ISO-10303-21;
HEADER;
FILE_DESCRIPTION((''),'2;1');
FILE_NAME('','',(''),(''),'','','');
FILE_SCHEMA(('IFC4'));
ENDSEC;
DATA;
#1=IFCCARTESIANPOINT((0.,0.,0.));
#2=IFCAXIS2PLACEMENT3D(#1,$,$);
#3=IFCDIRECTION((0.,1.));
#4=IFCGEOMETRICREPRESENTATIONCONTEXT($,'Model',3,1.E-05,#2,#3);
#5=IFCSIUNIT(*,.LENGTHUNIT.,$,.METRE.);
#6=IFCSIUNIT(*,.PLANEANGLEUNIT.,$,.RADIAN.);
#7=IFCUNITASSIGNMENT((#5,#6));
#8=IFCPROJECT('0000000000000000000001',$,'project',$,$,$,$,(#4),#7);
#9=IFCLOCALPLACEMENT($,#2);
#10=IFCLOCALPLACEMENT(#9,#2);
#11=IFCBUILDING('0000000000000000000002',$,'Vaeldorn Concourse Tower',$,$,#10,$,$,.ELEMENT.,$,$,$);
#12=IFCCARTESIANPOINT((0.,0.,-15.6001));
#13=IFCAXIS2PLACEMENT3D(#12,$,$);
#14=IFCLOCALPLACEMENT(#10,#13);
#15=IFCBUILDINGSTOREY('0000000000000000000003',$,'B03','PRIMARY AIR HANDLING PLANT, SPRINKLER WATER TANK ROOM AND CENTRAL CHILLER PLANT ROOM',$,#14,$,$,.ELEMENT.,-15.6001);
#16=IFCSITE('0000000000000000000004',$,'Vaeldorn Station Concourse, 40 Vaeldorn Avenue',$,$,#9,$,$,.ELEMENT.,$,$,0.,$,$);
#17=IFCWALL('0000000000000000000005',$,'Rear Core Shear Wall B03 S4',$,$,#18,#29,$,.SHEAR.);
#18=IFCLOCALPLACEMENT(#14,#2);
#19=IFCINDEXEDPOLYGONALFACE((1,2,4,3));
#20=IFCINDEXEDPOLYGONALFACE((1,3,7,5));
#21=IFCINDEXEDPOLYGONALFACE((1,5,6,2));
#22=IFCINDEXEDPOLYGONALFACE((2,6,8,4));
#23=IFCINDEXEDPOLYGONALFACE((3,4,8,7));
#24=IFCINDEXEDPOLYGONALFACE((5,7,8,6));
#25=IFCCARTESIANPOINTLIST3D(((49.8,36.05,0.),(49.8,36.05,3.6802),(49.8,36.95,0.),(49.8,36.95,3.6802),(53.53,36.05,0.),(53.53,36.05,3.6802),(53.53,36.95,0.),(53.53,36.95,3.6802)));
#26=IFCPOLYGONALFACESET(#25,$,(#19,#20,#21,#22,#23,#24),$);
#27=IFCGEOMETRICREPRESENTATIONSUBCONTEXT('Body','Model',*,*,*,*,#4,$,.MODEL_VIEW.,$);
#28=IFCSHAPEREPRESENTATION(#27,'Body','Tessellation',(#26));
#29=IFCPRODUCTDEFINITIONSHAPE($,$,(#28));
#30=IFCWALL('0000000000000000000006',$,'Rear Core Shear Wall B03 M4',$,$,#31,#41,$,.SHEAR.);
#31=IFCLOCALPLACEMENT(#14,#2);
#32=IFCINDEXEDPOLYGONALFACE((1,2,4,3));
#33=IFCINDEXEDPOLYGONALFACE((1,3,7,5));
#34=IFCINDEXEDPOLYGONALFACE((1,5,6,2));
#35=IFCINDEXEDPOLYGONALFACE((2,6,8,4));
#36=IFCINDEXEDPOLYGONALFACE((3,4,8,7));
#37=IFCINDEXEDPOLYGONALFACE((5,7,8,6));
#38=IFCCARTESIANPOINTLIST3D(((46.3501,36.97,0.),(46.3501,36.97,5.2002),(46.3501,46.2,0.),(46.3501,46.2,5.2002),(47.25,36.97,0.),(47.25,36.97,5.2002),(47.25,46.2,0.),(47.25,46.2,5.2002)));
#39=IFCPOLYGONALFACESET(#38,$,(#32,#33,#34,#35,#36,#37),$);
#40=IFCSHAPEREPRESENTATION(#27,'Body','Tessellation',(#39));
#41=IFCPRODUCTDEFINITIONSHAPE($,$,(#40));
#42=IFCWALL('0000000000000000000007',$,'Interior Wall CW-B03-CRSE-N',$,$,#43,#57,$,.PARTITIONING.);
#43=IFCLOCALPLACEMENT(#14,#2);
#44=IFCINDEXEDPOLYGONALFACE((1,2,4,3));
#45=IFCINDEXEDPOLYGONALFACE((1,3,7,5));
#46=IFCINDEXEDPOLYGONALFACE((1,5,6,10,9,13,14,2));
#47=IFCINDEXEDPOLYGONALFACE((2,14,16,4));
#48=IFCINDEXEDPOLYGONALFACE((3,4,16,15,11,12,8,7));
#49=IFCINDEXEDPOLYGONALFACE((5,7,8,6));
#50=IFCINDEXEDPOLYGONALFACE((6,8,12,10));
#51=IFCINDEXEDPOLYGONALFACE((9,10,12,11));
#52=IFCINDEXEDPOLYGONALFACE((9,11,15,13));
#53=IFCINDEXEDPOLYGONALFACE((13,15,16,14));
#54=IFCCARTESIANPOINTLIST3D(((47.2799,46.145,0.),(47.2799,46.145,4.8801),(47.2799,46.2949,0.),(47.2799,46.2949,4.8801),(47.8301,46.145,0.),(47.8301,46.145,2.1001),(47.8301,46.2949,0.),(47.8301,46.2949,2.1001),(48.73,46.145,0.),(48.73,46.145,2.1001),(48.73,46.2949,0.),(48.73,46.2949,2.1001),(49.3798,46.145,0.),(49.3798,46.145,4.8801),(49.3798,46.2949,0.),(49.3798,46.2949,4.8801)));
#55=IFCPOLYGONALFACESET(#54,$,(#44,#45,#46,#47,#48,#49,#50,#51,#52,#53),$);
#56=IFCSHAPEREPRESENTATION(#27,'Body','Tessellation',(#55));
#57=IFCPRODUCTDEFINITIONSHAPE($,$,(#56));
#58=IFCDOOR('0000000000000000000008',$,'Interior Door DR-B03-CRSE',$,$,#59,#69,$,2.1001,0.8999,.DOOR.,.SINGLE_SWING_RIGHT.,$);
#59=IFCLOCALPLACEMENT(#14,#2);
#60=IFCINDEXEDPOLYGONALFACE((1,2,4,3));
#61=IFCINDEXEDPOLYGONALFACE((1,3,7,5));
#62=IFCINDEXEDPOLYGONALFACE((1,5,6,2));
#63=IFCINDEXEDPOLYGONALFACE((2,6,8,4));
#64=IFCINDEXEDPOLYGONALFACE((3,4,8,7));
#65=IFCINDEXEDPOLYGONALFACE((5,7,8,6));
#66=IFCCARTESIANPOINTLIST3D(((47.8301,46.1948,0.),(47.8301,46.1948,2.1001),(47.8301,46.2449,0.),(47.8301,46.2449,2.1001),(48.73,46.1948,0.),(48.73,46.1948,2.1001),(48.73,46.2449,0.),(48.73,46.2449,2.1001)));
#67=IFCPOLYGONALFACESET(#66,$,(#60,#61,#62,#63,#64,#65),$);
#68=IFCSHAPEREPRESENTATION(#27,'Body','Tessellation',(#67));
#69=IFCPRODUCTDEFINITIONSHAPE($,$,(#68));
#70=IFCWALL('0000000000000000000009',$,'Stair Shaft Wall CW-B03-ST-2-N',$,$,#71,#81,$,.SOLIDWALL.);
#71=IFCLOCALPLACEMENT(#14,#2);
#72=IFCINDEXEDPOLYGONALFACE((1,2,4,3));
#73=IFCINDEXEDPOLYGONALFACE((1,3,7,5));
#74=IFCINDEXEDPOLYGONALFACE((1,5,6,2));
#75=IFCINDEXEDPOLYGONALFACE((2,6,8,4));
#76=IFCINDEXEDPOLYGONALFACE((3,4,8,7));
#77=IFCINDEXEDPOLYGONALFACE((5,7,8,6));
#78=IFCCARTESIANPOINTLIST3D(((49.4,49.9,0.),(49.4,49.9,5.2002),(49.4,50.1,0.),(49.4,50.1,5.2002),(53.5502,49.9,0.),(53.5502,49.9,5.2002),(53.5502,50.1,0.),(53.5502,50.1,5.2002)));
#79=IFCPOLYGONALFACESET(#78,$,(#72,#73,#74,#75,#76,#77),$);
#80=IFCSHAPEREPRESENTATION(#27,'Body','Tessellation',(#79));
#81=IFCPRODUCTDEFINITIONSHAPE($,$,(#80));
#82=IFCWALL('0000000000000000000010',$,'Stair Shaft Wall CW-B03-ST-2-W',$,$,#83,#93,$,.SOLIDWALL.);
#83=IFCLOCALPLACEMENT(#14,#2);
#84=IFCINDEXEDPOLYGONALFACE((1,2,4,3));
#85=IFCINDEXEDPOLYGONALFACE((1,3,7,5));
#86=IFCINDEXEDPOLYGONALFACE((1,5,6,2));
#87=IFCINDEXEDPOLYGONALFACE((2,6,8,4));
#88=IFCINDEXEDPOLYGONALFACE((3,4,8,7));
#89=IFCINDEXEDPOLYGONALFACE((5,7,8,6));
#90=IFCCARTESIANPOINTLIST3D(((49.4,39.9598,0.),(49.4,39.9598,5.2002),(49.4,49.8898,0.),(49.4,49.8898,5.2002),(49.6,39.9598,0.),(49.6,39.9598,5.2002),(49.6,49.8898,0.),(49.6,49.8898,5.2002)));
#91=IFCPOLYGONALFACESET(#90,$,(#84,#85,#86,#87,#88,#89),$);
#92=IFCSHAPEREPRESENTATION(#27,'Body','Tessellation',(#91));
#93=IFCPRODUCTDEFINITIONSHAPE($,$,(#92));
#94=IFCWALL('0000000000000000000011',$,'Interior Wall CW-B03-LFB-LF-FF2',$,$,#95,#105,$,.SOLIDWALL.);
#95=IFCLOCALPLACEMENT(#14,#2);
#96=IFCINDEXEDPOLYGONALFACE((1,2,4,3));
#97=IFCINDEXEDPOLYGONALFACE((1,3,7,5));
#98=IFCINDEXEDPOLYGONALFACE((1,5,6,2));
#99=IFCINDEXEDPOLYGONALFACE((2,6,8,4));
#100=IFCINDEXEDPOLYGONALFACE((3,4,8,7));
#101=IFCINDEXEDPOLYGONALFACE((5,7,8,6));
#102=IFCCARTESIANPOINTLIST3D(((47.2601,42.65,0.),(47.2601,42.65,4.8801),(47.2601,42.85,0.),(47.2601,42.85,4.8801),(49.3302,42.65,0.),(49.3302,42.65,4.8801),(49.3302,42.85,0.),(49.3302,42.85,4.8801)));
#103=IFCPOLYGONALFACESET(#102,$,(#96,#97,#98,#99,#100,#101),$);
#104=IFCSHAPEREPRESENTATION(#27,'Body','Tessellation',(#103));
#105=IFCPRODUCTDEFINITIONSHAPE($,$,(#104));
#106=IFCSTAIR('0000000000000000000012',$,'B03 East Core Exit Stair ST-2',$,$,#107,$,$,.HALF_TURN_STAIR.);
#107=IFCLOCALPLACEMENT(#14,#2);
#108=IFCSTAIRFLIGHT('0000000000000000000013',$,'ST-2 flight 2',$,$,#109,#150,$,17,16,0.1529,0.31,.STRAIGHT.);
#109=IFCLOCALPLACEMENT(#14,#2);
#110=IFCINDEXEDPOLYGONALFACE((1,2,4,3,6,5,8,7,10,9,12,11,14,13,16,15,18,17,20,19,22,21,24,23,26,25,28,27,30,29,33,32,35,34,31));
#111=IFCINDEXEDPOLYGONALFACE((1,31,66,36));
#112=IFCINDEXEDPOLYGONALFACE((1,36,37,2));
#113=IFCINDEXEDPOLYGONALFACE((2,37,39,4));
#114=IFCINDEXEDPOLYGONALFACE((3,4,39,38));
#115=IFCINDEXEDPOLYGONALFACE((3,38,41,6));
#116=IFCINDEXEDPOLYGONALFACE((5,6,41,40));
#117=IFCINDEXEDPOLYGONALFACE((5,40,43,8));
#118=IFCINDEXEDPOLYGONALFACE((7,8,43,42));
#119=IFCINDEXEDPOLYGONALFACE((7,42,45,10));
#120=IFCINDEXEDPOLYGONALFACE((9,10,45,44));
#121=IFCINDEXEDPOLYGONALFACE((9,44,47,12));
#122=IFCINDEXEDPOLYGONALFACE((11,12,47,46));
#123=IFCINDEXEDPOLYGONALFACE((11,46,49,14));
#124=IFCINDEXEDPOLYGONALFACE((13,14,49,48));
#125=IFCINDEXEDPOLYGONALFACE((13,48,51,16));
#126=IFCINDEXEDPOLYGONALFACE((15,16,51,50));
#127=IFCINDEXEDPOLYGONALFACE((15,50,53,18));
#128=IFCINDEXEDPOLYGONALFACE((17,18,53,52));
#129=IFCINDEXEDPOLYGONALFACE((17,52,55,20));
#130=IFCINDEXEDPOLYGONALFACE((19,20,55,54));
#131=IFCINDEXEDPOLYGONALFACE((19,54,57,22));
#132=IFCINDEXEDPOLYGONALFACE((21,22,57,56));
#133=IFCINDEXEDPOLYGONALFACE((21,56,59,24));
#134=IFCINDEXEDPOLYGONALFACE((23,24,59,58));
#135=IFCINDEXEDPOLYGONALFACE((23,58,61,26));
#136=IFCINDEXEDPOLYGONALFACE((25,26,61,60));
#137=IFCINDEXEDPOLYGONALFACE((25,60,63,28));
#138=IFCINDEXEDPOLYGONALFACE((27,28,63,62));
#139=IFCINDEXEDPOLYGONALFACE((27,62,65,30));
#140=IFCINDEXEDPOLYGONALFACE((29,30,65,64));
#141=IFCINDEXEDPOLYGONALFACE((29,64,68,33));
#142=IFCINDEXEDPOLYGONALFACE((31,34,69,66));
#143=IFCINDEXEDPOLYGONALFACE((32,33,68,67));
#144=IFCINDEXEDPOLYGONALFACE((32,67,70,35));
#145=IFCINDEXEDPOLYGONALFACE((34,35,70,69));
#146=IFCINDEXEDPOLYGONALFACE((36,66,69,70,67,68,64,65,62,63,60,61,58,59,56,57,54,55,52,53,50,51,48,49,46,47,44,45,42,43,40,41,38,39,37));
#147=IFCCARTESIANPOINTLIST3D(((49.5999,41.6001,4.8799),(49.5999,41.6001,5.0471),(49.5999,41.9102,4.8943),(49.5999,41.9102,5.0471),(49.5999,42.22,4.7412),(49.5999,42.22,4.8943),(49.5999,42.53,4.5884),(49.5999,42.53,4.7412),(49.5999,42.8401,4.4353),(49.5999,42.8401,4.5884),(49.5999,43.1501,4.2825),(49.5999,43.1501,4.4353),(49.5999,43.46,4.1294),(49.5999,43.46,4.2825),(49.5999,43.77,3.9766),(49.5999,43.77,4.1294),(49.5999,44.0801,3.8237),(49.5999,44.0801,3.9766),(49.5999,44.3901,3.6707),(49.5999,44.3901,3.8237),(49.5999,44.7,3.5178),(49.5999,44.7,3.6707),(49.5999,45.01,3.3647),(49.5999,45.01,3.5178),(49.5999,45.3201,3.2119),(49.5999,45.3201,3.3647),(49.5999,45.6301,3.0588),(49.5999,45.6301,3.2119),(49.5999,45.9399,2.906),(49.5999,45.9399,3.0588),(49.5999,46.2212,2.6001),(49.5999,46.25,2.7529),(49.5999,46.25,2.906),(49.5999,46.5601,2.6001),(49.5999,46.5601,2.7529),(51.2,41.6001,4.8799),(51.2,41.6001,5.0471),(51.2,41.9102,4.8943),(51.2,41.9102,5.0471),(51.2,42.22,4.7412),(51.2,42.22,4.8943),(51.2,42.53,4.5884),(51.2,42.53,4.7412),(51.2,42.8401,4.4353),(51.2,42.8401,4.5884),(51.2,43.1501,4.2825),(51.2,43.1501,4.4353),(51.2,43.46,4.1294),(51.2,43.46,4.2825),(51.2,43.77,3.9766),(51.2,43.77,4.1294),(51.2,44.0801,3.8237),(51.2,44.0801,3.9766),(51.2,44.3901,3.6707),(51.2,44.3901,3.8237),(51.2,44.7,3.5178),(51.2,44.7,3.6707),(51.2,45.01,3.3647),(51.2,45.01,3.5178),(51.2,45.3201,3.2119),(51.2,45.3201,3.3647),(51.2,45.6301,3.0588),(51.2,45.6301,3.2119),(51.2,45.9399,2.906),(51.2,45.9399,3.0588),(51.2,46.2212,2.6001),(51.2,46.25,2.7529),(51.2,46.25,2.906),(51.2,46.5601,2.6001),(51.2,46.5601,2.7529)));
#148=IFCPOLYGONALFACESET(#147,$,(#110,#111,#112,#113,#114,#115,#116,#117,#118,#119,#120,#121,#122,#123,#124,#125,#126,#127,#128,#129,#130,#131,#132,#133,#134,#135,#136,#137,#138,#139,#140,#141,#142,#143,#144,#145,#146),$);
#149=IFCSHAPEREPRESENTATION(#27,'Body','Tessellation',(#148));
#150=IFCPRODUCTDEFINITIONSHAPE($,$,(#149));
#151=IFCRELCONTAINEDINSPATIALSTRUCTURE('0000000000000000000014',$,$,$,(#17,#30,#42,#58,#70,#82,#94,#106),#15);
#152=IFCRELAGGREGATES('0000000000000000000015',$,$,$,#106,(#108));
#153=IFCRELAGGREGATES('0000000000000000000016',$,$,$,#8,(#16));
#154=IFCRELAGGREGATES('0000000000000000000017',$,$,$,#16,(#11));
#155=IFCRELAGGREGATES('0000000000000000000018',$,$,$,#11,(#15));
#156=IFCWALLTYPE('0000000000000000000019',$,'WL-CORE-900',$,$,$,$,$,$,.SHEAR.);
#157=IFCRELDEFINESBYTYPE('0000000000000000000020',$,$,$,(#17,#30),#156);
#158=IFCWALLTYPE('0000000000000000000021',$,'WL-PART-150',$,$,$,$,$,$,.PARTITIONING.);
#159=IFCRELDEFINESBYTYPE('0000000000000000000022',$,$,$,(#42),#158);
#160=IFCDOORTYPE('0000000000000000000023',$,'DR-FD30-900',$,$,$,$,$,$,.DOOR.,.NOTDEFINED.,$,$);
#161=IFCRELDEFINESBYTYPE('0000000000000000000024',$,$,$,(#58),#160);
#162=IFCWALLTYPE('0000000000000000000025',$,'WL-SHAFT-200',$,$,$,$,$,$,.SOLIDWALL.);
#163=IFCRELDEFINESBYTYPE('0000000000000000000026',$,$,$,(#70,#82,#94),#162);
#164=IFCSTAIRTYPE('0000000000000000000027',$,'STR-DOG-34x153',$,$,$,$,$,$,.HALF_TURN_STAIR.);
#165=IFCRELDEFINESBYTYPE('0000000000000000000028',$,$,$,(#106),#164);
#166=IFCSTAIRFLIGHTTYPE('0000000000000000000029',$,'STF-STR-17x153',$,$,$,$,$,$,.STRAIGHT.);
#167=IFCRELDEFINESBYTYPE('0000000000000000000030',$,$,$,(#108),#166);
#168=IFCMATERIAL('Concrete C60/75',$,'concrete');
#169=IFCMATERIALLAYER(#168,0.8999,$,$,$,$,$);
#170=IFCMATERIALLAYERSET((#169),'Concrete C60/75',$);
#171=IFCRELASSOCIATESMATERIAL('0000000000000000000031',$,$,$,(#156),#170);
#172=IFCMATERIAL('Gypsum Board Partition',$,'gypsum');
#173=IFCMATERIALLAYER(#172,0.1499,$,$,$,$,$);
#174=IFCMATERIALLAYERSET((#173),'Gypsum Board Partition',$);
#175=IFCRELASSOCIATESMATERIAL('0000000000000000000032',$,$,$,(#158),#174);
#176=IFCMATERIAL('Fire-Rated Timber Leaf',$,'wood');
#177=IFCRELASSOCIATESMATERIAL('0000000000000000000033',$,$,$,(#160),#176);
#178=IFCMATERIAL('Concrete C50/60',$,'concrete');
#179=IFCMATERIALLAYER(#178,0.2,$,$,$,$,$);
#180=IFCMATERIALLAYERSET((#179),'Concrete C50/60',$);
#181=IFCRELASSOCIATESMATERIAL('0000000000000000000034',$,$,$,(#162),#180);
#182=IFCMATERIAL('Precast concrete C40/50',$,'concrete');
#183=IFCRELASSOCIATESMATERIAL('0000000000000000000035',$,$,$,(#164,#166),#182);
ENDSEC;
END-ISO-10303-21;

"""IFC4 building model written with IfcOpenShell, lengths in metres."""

from ifc_helpers import new_model, si_unit, direction, frame, frame_2d, origin, place, context, subcontext, project, spatial, polyline, rectangle, outline, extrude, source, transform, mapped, material, layer, layer_set, type_object, element, fill, aggregate, save


model = new_model("IFC4")

# Units and contexts
model_context = context("Model", 3, precision=1e-05, world=origin(), true_north=direction((0.0, 1.0)))
body_context = subcontext(model_context, "Body", "Model", "MODEL_VIEW")
ifc_project = project(units=[si_unit("LENGTHUNIT", "METRE"), si_unit("PLANEANGLEUNIT", "RADIAN")], contexts=[model_context])

# Site, building, storey
site_placement = place(None, origin())
site = spatial("IfcSite", under=ifc_project, at=site_placement, Name="Vaeldorn Station Concourse, 40 Vaeldorn Avenue", CompositionType="ELEMENT", RefElevation=0.0)
building_placement = place(site_placement, origin())
building = spatial("IfcBuilding", under=site, at=building_placement, Name="Vaeldorn Concourse Tower", CompositionType="ELEMENT")
storey_placement = place(building_placement, frame((0.0, 0.0, -15.6001)))
storey = spatial("IfcBuildingStorey", under=building, at=storey_placement, Name="B03", Description="PRIMARY AIR HANDLING PLANT, SPRINKLER WATER TANK ROOM AND CENTRAL CHILLER PLANT ROOM", CompositionType="ELEMENT", Elevation=-15.6001)

# Shared definitions
ifc_material_1 = material(Name="Concrete C50/60", Category="concrete")

# Shared definitions
ifc_material_2 = material(Name="Concrete C60/75", Category="concrete")

# Walls
ifc_layer_1 = layer(ifc_material_2, 0.8999)
ifc_layer_set_1 = layer_set([ifc_layer_1], Name="Concrete C60/75")
wall_type_1 = type_object("IfcWallType", Name="WL-CORE-900", PredefinedType="SHEAR", material=ifc_layer_set_1)
wall_1_placement = place(storey_placement, frame((49.8, 36.5, 0.0), z_axis=(0.0, 0.0, 1.0), x_axis=(1.0, 0.0, 0.0)))
element("IfcWall", 1, at=wall_1_placement, inside=storey, type_object=wall_type_1, Name="Rear Core Shear Wall B03 S4", PredefinedType="SHEAR", context=body_context, shape_type="SweptSolid", body=[
    extrude(rectangle(XDim=3.73, YDim=0.8999, at=frame_2d((1.865, 0.0))), origin(), (0.0, 0.0, 1.0), 3.6802),
])
wall_2_placement = place(storey_placement, frame((46.8, 36.97, 0.0), z_axis=(0.0, 0.0, 1.0), x_axis=(0.0, 1.0, 0.0)))
element("IfcWall", 2, at=wall_2_placement, inside=storey, type_object=wall_type_1, Name="Rear Core Shear Wall B03 M4", PredefinedType="SHEAR", context=body_context, shape_type="SweptSolid", body=[
    extrude(rectangle(XDim=9.23, YDim=0.8999, at=frame_2d((4.615, 0.0))), origin(), (0.0, 0.0, 1.0), 5.2002),
])

# Wall, opening, door
ifc_material_3 = material(Name="Gypsum Board Partition", Category="gypsum")
ifc_layer_2 = layer(ifc_material_3, 0.1499)
ifc_layer_set_2 = layer_set([ifc_layer_2], Name="Gypsum Board Partition")
wall_type_2 = type_object("IfcWallType", Name="WL-PART-150", PredefinedType="PARTITIONING", material=ifc_layer_set_2)
wall_3_placement = place(storey_placement, frame((47.28, 46.22, 0.0), z_axis=(0.0, 0.0, 1.0), x_axis=(1.0, 0.0, 0.0)))
wall_3 = element("IfcWall", 3, at=wall_3_placement, inside=storey, type_object=wall_type_2, Name="Interior Wall CW-B03-CRSE-N", PredefinedType="PARTITIONING", context=body_context, shape_type="SweptSolid", body=[
    extrude(rectangle(XDim=2.0999, YDim=0.1499, at=frame_2d((1.0498, 0.0))), origin(), (0.0, 0.0, 1.0), 4.8801),
])
opening_1_placement = place(wall_3_placement, frame((0.55, 0.0, 0.0)))
opening_1 = element("IfcOpeningElement", 4, at=opening_1_placement, cuts=wall_3, PredefinedType="OPENING", context=body_context, shape_type="SweptSolid", body=[
    extrude(rectangle(XDim=0.8999, YDim=2.1001, at=frame_2d((0.45, 1.05))), frame((0.0, 0.085, 0.0), z_axis=(0.0, -1.0, 0.0), x_axis=(1.0, 0.0, 0.0)), (0.0, 0.0, 1.0), 0.1699),
])
ifc_material_4 = material(Name="Fire-Rated Timber Leaf", Category="wood")
door_type_1 = type_object("IfcDoorType", Name="DR-FD30-900", OperationType="NOTDEFINED", PredefinedType="DOOR", material=ifc_material_4)
shared_shape_1 = source(origin(), body_context, "Body", "SweptSolid", [
    extrude(rectangle(XDim=0.8999, YDim=2.1001, at=frame_2d((0.45, 1.05))), frame((0.0, 0.0249, 0.0), z_axis=(0.0, -1.0, 0.0), x_axis=(1.0, 0.0, 0.0)), (0.0, 0.0, 1.0), 0.05),
])
door_1_placement = place(opening_1_placement, origin())
door_1 = element("IfcDoor", 5, at=door_1_placement, inside=storey, type_object=door_type_1, Name="Interior Door DR-B03-CRSE", OperationType="SINGLE_SWING_RIGHT", OverallHeight=2.1001, OverallWidth=0.8999, PredefinedType="DOOR", context=body_context, shape_type="MappedRepresentation", body=[
    mapped(shared_shape_1, transform((0.0, 0.0, 0.0), scale=1.0)),
])
fill(opening_1, door_1)
ifc_layer_3 = layer(ifc_material_1, 0.2)
ifc_layer_set_3 = layer_set([ifc_layer_3], Name="Concrete C50/60")
wall_type_3 = type_object("IfcWallType", Name="WL-SHAFT-200", PredefinedType="SOLIDWALL", material=ifc_layer_set_3)

# Walls
wall_4_placement = place(storey_placement, frame((49.3999, 50.0, 0.0), z_axis=(0.0, 0.0, 1.0), x_axis=(1.0, 0.0, 0.0)))
element("IfcWall", 6, at=wall_4_placement, inside=storey, type_object=wall_type_3, Name="Stair Shaft Wall CW-B03-ST-2-N", PredefinedType="SOLIDWALL", context=body_context, shape_type="SweptSolid", body=[
    extrude(rectangle(XDim=4.1501, YDim=0.2, at=frame_2d((2.0752, 0.0))), origin(), (0.0, 0.0, 1.0), 5.2002),
])
wall_5_placement = place(storey_placement, frame((49.5, 39.96, 0.0), z_axis=(0.0, 0.0, 1.0), x_axis=(0.0, 1.0, 0.0)))
element("IfcWall", 7, at=wall_5_placement, inside=storey, type_object=wall_type_3, Name="Stair Shaft Wall CW-B03-ST-2-W", PredefinedType="SOLIDWALL", context=body_context, shape_type="SweptSolid", body=[
    extrude(rectangle(XDim=9.9299, YDim=0.2, at=frame_2d((4.9648, 0.0))), origin(), (0.0, 0.0, 1.0), 5.2002),
])

# Wall
wall_6_placement = place(storey_placement, frame((47.26, 42.75, 0.0), z_axis=(0.0, 0.0, 1.0), x_axis=(1.0, 0.0, 0.0)))
element("IfcWall", 8, at=wall_6_placement, inside=storey, type_object=wall_type_3, Name="Interior Wall CW-B03-LFB-LF-FF2", PredefinedType="SOLIDWALL", context=body_context, shape_type="SweptSolid", body=[
    extrude(rectangle(XDim=2.0701, YDim=0.2, at=frame_2d((1.0352, 0.0))), origin(), (0.0, 0.0, 1.0), 4.8801),
])

# Stair, stair flight
ifc_material_5 = material(Name="Precast concrete C40/50", Category="concrete")
stair_type = type_object("IfcStairType", Name="STR-DOG-34x153", PredefinedType="HALF_TURN_STAIR", material=ifc_material_5)
stair_placement = place(storey_placement, origin())
stair = element("IfcStair", 9, at=stair_placement, inside=storey, type_object=stair_type, Name="B03 East Core Exit Stair ST-2", PredefinedType="HALF_TURN_STAIR")
stair_flight_type = type_object("IfcStairFlightType", Name="STF-STR-17x153", PredefinedType="STRAIGHT", material=ifc_material_5)
stair_flight_placement = place(storey_placement, frame((50.3999, 46.5601, 2.6001), z_axis=(0.0, 0.0, 1.0), x_axis=(0.0, -1.0, 0.0)))
stair_flight = element("IfcStairFlight", 10, at=stair_flight_placement, type_object=stair_flight_type, Name="ST-2 flight 2", NumberOfRisers=17, NumberOfTreads=16, PredefinedType="STRAIGHT", RiserHeight=0.1529, TreadLength=0.31, context=body_context, shape_type="SweptSolid", body=[
    extrude(outline(polyline([(0.0, 0.0), (0.0, 0.1528), (0.3101, 0.1528), (0.3101, 0.3059), (0.6201, 0.3059), (0.6201, 0.4587), (0.9299, 0.4587), (0.9299, 0.6118), (1.24, 0.6118), (1.24, 0.7646), (1.55, 0.7646), (1.55, 0.9177), (1.8601, 0.9177), (1.8601, 1.0706), (2.1699, 1.0706), (2.1699, 1.2236), (2.48, 1.2236), (2.48, 1.3765), (2.79, 1.3765), (2.79, 1.5293), (3.1001, 1.5293), (3.1001, 1.6824), (3.4099, 1.6824), (3.4099, 1.8352), (3.72, 1.8352), (3.72, 1.9883), (4.03, 1.9883), (4.03, 2.1411), (4.3401, 2.1411), (4.3401, 2.2942), (4.6499, 2.2942), (4.6499, 2.447), (4.96, 2.447), (4.96, 2.6001), (4.96, 2.2798), (0.3389, 0.0), (0.0, 0.0)])), frame((0.0, 0.8, 0.0), z_axis=(0.0, -1.0, 0.0), x_axis=(1.0, 0.0, 0.0)), (0.0, 0.0, 1.0), 1.6001),
])
aggregate(stair, [stair_flight])

save(model, "model.ifc")
